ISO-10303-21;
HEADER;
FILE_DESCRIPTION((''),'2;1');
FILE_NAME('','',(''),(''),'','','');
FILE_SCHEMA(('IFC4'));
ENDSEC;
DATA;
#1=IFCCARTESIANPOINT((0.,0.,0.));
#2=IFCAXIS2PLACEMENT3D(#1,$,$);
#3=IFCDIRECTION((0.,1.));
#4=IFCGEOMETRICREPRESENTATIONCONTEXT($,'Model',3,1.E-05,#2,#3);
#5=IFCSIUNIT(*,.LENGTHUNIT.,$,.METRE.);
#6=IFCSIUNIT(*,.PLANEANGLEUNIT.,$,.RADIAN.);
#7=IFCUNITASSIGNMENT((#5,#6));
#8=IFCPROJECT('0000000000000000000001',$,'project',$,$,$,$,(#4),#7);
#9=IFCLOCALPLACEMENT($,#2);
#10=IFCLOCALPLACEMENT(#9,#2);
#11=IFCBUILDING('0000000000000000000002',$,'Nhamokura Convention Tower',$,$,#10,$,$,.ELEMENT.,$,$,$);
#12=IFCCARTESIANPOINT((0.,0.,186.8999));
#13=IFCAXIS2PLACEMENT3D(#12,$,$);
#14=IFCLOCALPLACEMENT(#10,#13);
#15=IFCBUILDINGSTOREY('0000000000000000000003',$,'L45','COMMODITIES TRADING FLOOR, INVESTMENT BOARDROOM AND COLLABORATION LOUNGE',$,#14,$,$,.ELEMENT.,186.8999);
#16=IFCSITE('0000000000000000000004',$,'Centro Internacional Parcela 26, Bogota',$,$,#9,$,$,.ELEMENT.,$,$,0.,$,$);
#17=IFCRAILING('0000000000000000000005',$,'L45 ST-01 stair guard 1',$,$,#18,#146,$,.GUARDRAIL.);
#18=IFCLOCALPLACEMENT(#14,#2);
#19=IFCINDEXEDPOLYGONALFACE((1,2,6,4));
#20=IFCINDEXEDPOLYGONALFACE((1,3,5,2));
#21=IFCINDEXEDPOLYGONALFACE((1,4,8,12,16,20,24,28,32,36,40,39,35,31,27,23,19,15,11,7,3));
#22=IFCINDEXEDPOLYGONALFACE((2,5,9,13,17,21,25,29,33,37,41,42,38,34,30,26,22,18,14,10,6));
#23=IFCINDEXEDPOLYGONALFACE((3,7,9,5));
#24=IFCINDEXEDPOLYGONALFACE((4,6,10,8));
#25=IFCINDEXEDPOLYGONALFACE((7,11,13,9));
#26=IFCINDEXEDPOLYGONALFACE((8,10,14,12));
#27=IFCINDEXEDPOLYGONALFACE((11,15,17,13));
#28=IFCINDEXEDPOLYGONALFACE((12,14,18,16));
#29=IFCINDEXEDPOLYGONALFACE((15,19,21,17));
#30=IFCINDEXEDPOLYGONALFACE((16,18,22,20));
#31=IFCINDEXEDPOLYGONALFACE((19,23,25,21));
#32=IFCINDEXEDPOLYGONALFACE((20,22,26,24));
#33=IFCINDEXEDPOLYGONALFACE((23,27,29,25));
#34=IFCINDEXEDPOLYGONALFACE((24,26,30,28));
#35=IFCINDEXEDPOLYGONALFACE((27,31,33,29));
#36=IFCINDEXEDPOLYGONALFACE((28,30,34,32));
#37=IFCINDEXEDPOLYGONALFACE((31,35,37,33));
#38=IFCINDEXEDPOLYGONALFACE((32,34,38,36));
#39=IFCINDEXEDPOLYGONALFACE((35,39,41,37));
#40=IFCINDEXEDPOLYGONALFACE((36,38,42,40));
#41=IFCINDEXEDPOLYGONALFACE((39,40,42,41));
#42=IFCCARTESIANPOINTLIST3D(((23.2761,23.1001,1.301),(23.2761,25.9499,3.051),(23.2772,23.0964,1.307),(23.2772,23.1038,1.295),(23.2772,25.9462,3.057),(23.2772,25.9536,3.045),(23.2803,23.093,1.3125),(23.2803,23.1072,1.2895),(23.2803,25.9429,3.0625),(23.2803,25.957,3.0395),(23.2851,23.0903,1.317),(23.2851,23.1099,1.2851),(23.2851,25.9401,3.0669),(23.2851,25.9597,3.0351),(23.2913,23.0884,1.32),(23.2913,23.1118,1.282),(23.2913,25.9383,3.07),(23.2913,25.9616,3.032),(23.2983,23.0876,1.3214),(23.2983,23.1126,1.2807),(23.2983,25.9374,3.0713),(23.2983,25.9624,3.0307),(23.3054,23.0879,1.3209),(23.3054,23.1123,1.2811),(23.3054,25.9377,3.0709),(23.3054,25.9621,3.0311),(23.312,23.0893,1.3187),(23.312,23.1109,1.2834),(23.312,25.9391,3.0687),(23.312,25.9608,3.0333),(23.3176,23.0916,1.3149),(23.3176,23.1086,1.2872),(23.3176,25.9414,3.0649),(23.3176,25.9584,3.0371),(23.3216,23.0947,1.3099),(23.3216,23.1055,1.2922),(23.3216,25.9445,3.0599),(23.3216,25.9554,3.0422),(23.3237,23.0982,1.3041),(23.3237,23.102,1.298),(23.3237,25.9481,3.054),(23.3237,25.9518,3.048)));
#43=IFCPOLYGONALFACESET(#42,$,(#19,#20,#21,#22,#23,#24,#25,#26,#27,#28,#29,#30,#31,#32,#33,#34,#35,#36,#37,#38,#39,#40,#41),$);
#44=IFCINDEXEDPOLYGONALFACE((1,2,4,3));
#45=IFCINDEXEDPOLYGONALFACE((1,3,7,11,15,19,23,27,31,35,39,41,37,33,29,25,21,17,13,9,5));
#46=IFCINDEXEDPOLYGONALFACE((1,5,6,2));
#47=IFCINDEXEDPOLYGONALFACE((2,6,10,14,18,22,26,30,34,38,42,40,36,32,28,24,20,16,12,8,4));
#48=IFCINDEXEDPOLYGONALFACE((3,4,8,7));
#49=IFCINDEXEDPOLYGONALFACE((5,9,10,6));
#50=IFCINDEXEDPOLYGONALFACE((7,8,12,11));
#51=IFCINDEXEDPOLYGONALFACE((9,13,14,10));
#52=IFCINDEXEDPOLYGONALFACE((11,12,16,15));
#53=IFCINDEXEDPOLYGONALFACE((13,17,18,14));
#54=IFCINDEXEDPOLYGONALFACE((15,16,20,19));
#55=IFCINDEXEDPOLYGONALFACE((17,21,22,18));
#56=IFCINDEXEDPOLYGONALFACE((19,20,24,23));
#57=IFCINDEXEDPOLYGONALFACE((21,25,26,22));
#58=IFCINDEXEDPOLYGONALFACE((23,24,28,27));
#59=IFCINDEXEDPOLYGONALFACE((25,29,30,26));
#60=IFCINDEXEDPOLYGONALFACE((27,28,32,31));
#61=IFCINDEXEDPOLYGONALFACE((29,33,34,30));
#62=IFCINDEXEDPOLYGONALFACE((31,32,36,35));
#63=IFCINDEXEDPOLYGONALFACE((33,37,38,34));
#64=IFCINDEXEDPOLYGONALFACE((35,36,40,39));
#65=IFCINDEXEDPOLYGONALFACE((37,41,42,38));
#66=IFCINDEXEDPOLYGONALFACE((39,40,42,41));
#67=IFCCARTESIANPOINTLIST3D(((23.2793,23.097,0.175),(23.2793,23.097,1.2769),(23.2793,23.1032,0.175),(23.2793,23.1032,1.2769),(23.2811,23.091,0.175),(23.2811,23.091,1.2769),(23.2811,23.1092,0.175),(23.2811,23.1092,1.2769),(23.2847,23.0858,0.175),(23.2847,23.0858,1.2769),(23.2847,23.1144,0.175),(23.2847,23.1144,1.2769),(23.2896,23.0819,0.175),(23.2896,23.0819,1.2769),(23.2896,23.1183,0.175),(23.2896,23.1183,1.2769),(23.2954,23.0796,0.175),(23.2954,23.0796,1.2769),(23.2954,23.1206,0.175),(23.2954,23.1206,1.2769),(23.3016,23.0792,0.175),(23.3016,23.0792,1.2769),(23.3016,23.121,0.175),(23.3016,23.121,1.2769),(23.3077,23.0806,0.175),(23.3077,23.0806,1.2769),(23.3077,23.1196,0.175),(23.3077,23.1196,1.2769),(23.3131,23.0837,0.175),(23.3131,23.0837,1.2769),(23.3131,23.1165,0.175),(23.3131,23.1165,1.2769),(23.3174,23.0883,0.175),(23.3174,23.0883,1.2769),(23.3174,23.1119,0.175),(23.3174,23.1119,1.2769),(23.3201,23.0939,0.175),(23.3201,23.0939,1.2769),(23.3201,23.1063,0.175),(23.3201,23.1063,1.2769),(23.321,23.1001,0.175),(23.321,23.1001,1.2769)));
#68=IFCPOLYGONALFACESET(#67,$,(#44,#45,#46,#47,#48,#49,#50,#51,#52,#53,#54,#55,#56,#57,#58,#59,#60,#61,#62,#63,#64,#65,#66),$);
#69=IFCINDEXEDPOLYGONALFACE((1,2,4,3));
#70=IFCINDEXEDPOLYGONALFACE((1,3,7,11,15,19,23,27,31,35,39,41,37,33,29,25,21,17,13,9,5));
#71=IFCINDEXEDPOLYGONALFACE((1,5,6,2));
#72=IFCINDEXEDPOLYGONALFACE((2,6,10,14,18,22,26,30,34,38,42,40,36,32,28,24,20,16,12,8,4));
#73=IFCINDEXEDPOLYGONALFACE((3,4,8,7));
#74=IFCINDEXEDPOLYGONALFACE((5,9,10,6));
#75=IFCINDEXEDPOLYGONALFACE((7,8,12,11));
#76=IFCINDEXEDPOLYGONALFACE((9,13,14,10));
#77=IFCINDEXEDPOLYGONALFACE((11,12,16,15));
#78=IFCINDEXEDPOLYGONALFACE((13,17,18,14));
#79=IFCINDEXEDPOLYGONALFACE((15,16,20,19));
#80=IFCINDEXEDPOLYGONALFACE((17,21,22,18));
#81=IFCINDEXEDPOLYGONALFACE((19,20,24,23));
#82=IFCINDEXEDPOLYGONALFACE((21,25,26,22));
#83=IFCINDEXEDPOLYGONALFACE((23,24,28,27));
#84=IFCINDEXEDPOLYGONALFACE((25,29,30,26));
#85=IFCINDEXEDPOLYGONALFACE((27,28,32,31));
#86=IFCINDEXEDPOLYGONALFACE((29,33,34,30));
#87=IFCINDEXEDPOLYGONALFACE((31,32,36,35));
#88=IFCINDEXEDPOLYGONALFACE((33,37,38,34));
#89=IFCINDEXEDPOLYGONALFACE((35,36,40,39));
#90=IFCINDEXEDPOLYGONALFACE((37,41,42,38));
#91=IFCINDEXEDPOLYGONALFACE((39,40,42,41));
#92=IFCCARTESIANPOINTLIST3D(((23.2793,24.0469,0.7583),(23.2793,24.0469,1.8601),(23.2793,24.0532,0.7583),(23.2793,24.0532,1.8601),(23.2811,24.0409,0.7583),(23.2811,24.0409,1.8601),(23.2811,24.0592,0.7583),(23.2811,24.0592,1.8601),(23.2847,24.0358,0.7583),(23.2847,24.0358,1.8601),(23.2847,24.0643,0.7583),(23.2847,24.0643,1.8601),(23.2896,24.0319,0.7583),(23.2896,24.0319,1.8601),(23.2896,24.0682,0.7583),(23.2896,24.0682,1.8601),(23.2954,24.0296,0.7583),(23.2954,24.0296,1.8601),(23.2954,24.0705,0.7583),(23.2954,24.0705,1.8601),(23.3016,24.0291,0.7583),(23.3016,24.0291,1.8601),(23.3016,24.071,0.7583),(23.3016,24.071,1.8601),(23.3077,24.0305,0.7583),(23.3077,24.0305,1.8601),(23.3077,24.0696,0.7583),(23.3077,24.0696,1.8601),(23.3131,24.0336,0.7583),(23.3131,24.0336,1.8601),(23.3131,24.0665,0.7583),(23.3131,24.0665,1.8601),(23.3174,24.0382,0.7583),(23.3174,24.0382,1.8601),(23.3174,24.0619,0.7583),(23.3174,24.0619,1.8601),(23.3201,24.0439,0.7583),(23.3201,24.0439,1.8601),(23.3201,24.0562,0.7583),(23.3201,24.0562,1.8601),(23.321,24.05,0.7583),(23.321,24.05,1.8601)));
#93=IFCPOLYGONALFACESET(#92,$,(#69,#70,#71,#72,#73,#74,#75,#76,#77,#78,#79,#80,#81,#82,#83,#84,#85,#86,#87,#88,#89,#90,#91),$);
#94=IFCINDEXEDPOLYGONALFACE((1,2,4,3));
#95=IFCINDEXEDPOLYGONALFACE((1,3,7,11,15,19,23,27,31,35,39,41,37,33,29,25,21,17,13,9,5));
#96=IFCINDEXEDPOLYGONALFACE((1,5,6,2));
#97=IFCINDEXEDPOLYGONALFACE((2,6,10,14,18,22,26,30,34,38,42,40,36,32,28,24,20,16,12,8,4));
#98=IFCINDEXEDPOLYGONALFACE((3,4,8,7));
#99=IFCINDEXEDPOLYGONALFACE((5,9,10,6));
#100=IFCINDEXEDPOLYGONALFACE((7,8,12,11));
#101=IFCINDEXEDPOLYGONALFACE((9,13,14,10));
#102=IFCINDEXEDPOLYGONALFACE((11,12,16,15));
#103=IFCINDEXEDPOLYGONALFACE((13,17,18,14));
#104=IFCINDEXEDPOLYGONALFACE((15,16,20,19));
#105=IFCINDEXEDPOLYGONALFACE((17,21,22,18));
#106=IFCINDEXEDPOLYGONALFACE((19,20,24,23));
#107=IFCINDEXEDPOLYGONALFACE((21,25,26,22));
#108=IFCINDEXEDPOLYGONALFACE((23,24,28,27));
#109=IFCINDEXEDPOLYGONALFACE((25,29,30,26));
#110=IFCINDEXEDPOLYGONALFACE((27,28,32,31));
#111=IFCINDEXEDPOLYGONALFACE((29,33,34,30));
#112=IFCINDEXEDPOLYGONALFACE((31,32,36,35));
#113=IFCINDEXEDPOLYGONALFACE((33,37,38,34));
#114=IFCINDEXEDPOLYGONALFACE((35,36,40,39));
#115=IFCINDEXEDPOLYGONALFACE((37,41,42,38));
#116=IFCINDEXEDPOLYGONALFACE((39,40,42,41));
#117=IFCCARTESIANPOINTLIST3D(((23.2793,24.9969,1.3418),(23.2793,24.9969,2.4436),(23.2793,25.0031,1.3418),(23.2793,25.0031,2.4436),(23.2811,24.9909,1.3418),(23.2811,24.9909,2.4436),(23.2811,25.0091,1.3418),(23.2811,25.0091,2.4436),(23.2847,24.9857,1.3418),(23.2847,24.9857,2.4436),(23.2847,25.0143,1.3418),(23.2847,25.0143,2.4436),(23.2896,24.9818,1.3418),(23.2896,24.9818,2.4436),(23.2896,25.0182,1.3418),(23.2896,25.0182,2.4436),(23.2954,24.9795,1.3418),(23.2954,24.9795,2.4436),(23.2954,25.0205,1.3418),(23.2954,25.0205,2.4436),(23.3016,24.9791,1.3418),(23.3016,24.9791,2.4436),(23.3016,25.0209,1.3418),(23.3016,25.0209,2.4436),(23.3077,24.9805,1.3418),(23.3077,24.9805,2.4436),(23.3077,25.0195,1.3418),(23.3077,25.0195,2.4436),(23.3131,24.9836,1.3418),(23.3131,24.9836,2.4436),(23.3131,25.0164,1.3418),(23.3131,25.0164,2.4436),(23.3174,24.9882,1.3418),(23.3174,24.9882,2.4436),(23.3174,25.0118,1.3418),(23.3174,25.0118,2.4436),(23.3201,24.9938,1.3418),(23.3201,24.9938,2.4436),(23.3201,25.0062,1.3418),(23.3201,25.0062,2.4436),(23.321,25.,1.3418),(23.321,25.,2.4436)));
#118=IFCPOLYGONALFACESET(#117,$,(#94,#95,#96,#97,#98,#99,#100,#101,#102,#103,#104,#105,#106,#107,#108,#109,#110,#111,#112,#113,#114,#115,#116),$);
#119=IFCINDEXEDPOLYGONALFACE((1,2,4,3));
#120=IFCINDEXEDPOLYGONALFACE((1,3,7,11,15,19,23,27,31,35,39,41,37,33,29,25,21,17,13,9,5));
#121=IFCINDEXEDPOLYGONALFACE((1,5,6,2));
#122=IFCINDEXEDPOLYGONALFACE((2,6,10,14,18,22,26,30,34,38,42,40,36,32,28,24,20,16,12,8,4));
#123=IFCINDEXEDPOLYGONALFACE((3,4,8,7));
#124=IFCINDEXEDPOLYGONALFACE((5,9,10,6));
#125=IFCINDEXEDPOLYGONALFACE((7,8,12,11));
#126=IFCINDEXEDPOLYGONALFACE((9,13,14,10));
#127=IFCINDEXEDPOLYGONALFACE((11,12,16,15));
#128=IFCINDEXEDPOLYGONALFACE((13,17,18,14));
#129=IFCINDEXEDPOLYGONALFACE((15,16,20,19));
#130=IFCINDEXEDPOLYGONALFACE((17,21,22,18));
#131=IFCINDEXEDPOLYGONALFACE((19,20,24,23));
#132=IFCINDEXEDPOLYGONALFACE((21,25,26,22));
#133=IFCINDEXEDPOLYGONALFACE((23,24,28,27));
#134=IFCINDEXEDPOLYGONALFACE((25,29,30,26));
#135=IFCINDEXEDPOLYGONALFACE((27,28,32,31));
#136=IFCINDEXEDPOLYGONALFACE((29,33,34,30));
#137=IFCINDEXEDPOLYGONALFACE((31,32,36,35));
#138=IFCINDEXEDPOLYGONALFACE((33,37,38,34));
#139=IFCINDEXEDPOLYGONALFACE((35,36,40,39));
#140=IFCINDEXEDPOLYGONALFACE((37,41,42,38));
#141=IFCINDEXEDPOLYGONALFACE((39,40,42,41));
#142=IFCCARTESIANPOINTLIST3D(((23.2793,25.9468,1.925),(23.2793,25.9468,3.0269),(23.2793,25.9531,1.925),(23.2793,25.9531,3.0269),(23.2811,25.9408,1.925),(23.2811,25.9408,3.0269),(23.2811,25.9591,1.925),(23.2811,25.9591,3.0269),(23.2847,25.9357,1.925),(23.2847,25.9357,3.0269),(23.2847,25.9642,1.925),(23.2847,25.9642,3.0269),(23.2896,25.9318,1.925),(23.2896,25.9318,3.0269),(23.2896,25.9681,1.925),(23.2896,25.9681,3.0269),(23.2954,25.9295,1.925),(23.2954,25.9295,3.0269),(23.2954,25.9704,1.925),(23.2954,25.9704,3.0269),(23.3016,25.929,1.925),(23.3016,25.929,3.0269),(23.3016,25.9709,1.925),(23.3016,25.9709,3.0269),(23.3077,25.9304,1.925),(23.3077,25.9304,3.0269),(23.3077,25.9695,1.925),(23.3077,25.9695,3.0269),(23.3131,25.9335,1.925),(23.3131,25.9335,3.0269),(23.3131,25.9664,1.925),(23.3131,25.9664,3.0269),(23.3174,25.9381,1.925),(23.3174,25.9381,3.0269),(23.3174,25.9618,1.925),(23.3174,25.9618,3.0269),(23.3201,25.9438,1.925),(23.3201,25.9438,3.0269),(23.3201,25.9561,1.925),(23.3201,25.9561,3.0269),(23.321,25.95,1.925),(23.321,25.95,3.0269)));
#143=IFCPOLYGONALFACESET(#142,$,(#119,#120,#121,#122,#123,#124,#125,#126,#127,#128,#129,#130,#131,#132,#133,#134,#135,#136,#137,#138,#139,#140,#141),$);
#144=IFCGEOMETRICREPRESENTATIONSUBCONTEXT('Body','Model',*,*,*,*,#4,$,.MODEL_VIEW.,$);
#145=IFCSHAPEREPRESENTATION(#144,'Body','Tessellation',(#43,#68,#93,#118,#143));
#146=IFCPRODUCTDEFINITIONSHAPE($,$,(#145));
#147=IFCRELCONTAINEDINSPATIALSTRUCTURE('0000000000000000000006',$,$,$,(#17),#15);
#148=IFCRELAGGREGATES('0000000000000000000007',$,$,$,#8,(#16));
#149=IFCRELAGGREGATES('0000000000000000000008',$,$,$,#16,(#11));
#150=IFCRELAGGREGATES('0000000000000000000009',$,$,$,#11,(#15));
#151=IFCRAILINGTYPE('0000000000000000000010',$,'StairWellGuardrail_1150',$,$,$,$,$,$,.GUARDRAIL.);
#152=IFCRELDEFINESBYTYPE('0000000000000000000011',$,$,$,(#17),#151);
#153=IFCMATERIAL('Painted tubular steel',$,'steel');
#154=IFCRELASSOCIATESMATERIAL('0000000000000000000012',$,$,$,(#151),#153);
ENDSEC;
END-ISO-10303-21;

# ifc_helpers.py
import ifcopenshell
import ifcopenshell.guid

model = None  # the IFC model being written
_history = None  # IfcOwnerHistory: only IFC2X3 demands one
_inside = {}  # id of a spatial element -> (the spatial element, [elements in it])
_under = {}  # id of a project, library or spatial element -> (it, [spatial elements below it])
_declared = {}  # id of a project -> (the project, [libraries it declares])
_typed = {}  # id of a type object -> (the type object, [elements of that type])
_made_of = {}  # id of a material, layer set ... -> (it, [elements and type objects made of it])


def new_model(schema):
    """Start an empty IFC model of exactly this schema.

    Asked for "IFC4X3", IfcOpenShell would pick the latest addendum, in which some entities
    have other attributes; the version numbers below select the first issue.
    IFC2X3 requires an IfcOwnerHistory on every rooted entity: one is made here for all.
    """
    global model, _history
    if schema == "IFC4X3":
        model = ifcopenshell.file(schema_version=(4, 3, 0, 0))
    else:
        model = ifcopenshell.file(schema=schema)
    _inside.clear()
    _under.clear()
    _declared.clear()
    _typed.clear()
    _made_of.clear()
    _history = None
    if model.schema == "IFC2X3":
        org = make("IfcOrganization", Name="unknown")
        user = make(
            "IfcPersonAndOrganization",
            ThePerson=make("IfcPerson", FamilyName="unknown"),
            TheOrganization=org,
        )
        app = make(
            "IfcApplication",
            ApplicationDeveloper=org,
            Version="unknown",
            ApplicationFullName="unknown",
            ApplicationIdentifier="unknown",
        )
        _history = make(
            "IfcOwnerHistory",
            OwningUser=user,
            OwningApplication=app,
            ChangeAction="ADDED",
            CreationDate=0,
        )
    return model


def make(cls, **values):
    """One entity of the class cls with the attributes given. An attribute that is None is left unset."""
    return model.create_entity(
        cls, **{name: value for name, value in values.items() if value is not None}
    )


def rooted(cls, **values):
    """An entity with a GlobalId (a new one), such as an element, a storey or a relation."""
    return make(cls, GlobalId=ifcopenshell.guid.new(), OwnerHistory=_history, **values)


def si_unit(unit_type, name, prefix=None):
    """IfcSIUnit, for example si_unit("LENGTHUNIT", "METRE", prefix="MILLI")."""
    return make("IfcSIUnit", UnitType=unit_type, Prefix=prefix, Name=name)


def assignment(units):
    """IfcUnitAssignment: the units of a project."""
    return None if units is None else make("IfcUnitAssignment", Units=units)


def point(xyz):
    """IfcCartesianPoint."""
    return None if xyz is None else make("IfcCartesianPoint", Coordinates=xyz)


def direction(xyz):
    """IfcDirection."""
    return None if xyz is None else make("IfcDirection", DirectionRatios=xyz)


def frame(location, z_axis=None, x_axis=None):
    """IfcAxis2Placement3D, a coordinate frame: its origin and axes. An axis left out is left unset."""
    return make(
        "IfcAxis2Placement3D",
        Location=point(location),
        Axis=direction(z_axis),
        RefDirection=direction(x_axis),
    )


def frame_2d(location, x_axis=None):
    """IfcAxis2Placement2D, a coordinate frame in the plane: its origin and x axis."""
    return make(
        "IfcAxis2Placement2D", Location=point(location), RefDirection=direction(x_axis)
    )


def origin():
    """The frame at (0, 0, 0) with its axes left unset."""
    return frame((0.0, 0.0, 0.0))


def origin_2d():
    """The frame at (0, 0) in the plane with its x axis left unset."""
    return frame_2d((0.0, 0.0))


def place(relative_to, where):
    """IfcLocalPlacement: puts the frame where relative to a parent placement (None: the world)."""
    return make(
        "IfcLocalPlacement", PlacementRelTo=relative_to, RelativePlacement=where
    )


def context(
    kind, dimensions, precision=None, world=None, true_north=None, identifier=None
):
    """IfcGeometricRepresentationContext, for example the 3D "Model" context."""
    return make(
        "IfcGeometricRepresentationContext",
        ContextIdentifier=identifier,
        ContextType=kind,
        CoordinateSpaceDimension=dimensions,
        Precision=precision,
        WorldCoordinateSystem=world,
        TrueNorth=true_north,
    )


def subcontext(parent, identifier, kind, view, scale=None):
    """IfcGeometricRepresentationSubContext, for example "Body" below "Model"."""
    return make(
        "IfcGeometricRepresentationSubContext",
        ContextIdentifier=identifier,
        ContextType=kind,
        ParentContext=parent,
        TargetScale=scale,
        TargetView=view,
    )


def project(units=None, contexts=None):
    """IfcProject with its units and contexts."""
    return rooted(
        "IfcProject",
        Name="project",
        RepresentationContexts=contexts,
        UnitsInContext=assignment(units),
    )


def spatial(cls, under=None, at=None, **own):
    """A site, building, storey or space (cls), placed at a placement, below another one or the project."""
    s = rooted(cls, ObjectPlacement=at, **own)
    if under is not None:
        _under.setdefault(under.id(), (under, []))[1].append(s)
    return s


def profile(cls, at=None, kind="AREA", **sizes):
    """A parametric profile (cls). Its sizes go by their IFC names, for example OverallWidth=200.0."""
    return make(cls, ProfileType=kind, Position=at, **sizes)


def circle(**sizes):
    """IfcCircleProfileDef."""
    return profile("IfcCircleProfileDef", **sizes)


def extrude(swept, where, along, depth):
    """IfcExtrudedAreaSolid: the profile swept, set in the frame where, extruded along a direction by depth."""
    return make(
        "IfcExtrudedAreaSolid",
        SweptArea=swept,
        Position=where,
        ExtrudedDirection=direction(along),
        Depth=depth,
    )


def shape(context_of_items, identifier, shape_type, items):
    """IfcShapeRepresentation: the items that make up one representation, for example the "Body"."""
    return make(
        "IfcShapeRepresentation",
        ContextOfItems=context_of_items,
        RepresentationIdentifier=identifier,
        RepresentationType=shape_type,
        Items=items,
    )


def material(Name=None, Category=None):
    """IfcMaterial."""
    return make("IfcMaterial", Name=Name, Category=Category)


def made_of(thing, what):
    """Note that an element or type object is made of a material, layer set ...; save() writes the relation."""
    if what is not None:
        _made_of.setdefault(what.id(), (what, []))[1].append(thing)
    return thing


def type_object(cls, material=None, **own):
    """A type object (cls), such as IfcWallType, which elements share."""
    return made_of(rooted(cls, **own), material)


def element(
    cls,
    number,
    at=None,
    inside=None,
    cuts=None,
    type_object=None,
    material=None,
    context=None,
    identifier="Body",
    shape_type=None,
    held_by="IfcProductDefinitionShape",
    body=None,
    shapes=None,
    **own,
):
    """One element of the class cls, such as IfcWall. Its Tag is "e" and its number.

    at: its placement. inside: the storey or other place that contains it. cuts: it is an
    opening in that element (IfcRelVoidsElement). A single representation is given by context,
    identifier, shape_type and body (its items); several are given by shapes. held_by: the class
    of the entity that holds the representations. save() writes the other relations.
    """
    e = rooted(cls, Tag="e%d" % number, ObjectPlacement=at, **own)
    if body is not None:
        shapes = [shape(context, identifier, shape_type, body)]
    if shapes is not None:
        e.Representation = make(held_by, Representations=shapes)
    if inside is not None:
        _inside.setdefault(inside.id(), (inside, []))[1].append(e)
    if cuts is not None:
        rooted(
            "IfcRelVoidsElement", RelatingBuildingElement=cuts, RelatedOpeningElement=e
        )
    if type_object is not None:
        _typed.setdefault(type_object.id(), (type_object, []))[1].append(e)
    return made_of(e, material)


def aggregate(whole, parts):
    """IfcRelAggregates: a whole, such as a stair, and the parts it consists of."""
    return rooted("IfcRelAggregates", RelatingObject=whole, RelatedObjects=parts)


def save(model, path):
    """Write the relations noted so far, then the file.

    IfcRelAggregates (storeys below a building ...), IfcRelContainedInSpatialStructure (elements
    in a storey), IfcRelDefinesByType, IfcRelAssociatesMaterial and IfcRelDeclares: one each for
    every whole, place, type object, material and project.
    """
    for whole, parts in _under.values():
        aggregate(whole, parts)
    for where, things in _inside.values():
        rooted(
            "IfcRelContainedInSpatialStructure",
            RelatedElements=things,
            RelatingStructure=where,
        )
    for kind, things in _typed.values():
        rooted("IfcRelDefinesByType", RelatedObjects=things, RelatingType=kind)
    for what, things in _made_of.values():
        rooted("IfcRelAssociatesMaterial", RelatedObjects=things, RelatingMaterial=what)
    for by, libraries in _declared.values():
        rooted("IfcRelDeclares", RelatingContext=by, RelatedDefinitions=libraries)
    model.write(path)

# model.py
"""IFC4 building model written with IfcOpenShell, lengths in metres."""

from ifc_helpers import new_model, si_unit, direction, frame, origin, origin_2d, place, context, subcontext, project, spatial, circle, extrude, material, type_object, element, save


model = new_model("IFC4")

# Units and contexts
model_context = context("Model", 3, precision=1e-05, world=origin(), true_north=direction((0.0, 1.0)))
body_context = subcontext(model_context, "Body", "Model", "MODEL_VIEW")
ifc_project = project(units=[si_unit("LENGTHUNIT", "METRE"), si_unit("PLANEANGLEUNIT", "RADIAN")], contexts=[model_context])

# Site, building, storey
site_placement = place(None, origin())
site = spatial("IfcSite", under=ifc_project, at=site_placement, Name="Centro Internacional Parcela 26, Bogota", CompositionType="ELEMENT", RefElevation=0.0)
building_placement = place(site_placement, origin())
building = spatial("IfcBuilding", under=site, at=building_placement, Name="Nhamokura Convention Tower", CompositionType="ELEMENT")
storey_placement = place(building_placement, frame((0.0, 0.0, 186.8999)))
storey = spatial("IfcBuildingStorey", under=building, at=storey_placement, Name="L45", Description="COMMODITIES TRADING FLOOR, INVESTMENT BOARDROOM AND COLLABORATION LOUNGE", CompositionType="ELEMENT", Elevation=186.8999)

# Railing
ifc_material_1 = material(Name="Painted tubular steel", Category="steel")
railing_type_1 = type_object("IfcRailingType", Name="StairWellGuardrail_1150", PredefinedType="GUARDRAIL", material=ifc_material_1)
railing_1_placement = place(storey_placement, frame((23.3, 23.1001, 0.175)))
element("IfcRailing", 1, at=railing_1_placement, inside=storey, type_object=railing_type_1, Name="L45 ST-01 stair guard 1", PredefinedType="GUARDRAIL", context=body_context, shape_type="SweptSolid", body=[
    extrude(circle(Radius=0.0239, at=origin_2d()), frame((0.0, 0.0, 1.126), z_axis=(0.0, 0.852159, 0.523283), x_axis=(-1.0, 0.0, 0.0)), (0.0, 0.0, 1.0), 3.3442),
    extrude(circle(Radius=0.021, at=origin_2d()), origin(), (0.0, 0.0, 1.0), 1.1018),
    extrude(circle(Radius=0.021, at=origin_2d()), frame((0.0, 0.95, 0.5833)), (0.0, 0.0, 1.0), 1.1018),
    extrude(circle(Radius=0.021, at=origin_2d()), frame((0.0, 1.8999, 1.1667)), (0.0, 0.0, 1.0), 1.1018),
    extrude(circle(Radius=0.021, at=origin_2d()), frame((0.0, 2.8499, 1.75)), (0.0, 0.0, 1.0), 1.1018),
])

save(model, "model.ifc")
